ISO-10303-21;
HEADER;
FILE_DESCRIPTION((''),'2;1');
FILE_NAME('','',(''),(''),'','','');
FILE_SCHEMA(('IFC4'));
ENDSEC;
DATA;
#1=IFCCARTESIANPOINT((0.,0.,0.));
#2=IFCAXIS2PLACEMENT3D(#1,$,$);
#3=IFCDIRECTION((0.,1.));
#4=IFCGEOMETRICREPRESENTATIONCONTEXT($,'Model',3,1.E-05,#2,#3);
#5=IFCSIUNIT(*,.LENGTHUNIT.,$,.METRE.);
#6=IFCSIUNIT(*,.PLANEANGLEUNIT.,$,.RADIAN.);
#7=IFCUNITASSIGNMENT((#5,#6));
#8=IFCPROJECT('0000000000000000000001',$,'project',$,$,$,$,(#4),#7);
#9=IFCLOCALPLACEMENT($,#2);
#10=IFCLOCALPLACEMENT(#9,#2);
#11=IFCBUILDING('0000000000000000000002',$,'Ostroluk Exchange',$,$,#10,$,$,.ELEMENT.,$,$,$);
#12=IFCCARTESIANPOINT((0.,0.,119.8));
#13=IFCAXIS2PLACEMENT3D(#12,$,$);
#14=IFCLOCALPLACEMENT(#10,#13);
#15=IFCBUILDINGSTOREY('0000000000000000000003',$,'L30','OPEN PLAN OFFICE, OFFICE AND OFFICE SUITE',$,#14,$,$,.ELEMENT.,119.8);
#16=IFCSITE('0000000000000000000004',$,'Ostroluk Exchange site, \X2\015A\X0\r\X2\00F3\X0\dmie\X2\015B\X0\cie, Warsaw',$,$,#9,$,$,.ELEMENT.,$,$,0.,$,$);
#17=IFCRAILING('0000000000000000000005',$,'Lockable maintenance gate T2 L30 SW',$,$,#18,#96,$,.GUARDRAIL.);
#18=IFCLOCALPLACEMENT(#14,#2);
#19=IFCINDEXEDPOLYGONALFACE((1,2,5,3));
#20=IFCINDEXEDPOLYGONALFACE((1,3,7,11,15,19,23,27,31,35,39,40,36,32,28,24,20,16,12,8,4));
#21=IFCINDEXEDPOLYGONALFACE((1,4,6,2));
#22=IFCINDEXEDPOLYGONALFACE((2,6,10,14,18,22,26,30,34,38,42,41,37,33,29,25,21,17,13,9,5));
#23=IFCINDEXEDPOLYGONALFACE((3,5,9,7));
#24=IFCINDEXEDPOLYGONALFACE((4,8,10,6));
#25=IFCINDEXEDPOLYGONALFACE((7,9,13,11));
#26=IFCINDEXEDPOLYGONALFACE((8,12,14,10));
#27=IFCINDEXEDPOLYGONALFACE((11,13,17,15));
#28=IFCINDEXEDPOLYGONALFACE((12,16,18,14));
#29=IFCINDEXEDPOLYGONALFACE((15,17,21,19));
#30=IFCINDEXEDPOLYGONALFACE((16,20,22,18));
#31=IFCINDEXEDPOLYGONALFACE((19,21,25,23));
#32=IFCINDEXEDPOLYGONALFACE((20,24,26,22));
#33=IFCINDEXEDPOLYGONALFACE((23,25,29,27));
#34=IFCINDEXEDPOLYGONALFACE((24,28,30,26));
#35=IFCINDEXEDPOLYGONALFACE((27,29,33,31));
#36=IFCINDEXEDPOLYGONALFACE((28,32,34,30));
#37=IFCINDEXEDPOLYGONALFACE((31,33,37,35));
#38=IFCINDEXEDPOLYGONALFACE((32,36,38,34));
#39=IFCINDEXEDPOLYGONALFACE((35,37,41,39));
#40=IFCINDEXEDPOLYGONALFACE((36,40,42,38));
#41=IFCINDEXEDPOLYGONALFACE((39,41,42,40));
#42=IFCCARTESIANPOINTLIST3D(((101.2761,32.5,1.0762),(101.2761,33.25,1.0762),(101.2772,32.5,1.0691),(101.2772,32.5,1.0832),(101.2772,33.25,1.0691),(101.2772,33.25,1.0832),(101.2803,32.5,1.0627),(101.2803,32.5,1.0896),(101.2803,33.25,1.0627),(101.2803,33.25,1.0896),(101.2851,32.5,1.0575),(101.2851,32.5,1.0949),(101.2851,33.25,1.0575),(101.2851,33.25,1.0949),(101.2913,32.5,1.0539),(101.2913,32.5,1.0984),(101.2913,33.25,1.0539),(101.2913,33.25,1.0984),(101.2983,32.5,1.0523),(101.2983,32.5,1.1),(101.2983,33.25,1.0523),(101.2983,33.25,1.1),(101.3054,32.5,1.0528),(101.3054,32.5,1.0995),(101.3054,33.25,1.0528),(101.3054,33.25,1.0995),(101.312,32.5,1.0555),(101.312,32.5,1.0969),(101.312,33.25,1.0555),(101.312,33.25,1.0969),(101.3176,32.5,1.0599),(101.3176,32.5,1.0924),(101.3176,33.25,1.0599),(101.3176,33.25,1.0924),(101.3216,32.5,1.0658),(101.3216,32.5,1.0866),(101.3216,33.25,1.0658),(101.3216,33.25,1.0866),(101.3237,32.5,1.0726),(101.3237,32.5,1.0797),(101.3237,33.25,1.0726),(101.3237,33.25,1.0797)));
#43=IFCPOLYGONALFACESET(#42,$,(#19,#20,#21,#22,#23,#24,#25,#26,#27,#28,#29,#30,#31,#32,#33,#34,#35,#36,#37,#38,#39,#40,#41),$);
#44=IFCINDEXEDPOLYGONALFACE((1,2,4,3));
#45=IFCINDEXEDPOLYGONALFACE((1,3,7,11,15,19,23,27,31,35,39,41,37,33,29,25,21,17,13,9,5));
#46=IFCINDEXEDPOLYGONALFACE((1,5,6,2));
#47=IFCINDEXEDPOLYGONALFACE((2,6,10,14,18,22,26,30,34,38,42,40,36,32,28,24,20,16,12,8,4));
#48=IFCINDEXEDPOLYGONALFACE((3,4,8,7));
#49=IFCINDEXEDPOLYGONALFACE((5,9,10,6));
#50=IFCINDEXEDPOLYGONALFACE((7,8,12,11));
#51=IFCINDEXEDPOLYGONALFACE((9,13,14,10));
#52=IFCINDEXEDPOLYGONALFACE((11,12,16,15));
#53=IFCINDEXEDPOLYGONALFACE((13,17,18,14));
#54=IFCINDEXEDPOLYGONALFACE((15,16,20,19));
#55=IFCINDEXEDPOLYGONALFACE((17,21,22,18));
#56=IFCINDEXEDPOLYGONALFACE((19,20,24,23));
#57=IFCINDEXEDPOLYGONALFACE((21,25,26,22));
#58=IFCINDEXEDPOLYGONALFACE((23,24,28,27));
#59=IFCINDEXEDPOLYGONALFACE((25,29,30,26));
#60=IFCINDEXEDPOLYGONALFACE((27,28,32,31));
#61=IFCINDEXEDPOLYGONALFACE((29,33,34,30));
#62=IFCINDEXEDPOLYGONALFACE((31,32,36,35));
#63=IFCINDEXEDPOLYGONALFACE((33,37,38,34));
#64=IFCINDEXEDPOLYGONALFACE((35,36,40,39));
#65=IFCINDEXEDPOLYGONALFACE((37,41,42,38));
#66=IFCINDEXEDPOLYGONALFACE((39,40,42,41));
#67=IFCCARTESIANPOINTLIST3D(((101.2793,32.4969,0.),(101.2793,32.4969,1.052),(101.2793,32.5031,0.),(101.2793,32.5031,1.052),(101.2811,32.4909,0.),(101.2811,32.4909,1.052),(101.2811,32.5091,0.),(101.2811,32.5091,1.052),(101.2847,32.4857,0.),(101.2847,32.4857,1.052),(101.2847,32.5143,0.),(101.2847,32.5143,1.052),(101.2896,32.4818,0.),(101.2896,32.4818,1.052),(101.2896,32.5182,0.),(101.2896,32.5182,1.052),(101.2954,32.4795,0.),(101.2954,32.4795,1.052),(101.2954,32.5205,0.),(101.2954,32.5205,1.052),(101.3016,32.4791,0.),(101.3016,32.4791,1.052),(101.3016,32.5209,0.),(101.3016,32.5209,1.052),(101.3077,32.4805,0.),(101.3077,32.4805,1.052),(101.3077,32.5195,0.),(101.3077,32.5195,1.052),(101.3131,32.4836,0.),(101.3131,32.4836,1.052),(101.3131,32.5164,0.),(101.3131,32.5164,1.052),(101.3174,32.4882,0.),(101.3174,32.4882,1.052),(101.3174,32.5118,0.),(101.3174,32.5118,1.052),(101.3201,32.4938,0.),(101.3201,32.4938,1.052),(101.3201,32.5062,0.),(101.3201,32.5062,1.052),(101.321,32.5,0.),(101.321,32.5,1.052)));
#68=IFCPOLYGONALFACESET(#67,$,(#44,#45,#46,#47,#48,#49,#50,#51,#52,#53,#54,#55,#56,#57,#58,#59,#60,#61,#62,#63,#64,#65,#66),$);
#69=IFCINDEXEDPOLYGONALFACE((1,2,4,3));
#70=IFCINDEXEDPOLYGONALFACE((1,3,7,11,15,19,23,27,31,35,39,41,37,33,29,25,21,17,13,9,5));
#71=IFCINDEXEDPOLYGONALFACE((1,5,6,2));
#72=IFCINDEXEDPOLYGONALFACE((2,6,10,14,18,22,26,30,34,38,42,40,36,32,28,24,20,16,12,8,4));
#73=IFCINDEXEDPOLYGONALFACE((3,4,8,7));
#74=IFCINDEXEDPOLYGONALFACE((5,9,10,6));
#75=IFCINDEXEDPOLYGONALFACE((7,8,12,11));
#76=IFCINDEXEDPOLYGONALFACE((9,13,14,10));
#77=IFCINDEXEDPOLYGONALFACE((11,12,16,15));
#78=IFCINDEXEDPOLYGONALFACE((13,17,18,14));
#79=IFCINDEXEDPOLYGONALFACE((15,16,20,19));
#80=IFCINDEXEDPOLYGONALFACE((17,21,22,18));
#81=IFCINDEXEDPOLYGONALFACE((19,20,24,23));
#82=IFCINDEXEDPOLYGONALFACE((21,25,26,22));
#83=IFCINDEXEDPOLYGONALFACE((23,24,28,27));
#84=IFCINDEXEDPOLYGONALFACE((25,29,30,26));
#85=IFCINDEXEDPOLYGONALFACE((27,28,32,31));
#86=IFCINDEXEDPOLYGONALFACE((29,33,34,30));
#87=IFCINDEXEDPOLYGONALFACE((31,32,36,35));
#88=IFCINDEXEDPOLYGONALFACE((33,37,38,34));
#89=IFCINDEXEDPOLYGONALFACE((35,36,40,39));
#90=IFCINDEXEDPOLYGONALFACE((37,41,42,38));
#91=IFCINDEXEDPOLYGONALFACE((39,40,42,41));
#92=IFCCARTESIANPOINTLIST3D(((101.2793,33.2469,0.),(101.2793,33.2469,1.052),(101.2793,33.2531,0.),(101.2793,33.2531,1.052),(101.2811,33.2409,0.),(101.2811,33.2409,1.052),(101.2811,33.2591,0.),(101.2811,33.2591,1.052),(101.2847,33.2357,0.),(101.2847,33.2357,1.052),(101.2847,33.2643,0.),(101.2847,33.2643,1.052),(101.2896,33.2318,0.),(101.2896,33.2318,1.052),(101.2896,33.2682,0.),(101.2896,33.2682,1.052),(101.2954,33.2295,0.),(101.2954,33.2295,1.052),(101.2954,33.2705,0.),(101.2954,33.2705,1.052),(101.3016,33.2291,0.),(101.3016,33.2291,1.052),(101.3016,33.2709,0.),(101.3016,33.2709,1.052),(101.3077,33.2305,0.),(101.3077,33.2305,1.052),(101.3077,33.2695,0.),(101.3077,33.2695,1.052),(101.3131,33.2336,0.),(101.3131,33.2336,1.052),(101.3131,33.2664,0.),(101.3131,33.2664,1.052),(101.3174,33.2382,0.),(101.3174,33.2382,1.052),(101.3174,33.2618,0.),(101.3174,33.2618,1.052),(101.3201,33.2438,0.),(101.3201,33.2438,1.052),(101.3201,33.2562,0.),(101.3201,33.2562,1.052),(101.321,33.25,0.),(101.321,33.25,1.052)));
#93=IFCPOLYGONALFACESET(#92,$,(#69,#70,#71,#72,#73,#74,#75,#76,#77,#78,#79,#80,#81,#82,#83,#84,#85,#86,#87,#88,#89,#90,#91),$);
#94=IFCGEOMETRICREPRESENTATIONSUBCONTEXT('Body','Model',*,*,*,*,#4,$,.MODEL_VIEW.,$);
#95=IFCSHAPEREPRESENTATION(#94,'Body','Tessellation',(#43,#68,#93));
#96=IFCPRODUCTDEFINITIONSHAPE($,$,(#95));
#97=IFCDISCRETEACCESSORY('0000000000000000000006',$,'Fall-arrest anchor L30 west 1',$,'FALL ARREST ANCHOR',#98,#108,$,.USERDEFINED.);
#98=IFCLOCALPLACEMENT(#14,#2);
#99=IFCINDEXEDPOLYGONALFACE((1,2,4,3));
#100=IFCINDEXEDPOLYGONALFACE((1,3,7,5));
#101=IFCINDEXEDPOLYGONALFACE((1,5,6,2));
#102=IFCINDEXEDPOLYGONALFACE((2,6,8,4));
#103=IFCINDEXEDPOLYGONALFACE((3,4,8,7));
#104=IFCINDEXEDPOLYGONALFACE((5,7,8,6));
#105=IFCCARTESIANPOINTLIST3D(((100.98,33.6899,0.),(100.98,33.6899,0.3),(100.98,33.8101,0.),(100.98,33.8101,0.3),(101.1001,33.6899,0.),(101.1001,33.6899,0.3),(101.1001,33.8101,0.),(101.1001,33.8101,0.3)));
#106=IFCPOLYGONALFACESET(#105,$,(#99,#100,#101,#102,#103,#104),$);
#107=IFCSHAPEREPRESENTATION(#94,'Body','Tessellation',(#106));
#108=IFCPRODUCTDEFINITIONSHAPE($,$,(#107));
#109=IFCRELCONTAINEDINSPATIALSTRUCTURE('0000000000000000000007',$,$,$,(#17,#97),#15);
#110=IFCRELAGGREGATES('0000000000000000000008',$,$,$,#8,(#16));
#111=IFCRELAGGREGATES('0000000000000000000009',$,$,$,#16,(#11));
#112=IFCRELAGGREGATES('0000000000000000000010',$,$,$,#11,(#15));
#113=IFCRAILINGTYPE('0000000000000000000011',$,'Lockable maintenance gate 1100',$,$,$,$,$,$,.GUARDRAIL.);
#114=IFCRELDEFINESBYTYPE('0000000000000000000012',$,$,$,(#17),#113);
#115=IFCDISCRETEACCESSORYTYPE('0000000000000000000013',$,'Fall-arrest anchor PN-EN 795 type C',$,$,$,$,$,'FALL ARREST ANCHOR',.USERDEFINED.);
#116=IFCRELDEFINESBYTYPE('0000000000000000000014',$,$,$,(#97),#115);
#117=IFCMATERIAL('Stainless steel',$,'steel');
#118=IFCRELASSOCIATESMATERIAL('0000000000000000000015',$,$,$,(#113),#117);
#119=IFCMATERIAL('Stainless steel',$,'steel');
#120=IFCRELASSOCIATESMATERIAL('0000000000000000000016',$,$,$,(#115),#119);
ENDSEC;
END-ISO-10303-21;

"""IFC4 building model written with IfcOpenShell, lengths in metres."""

from ifc_helpers import new_model, si_unit, direction, frame, origin, origin_2d, place, context, subcontext, project, spatial, rectangle, circle, extrude, material, type_object, element, save


model = new_model("IFC4")

# Units and contexts
model_context = context("Model", 3, precision=1e-05, world=origin(), true_north=direction((0.0, 1.0)))
body_context = subcontext(model_context, "Body", "Model", "MODEL_VIEW")
ifc_project = project(units=[si_unit("LENGTHUNIT", "METRE"), si_unit("PLANEANGLEUNIT", "RADIAN")], contexts=[model_context])

# Site, building, storey
site_placement = place(None, origin())
site = spatial("IfcSite", under=ifc_project, at=site_placement, Name="Ostroluk Exchange site, Śródmieście, Warsaw", CompositionType="ELEMENT", RefElevation=0.0)
building_placement = place(site_placement, origin())
building = spatial("IfcBuilding", under=site, at=building_placement, Name="Ostroluk Exchange", CompositionType="ELEMENT")
storey_placement = place(building_placement, frame((0.0, 0.0, 119.8)))
storey = spatial("IfcBuildingStorey", under=building, at=storey_placement, Name="L30", Description="OPEN PLAN OFFICE, OFFICE AND OFFICE SUITE", CompositionType="ELEMENT", Elevation=119.8)

# Railing
ifc_material_1 = material(Name="Stainless steel", Category="steel")
railing_type = type_object("IfcRailingType", Name="Lockable maintenance gate 1100", PredefinedType="GUARDRAIL", material=ifc_material_1)
railing_placement = place(storey_placement, frame((101.3, 32.5, 0.0)))
element("IfcRailing", 1, at=railing_placement, inside=storey, type_object=railing_type, Name="Lockable maintenance gate T2 L30 SW", PredefinedType="GUARDRAIL", context=body_context, shape_type="SweptSolid", body=[
    extrude(circle(Radius=0.0239, at=origin_2d()), frame((0.0, 0.0, 1.0762), z_axis=(0.0, 1.0, 0.0), x_axis=(-1.0, 0.0, 0.0)), (0.0, 0.0, 1.0), 0.75),
    extrude(circle(Radius=0.021, at=origin_2d()), origin(), (0.0, 0.0, 1.0), 1.052),
    extrude(circle(Radius=0.021, at=origin_2d()), frame((0.0, 0.75, 0.0)), (0.0, 0.0, 1.0), 1.052),
])

# Discrete accessory
ifc_material_2 = material(Name="Stainless steel", Category="steel")
discrete_accessory_type = type_object("IfcDiscreteAccessoryType", Name="Fall-arrest anchor PN-EN 795 type C", ElementType="FALL ARREST ANCHOR", PredefinedType="USERDEFINED", material=ifc_material_2)
discrete_accessory_placement = place(storey_placement, frame((101.04, 33.75, 0.0), z_axis=(0.0, 0.0, 1.0), x_axis=(1.0, 0.0, 0.0)))
element("IfcDiscreteAccessory", 2, at=discrete_accessory_placement, inside=storey, type_object=discrete_accessory_type, Name="Fall-arrest anchor L30 west 1", ObjectType="FALL ARREST ANCHOR", PredefinedType="USERDEFINED", context=body_context, shape_type="SweptSolid", body=[
    extrude(rectangle(XDim=0.1201, YDim=0.1201, at=origin_2d()), origin(), (0.0, 0.0, 1.0), 0.3),
])

save(model, "model.ifc")
